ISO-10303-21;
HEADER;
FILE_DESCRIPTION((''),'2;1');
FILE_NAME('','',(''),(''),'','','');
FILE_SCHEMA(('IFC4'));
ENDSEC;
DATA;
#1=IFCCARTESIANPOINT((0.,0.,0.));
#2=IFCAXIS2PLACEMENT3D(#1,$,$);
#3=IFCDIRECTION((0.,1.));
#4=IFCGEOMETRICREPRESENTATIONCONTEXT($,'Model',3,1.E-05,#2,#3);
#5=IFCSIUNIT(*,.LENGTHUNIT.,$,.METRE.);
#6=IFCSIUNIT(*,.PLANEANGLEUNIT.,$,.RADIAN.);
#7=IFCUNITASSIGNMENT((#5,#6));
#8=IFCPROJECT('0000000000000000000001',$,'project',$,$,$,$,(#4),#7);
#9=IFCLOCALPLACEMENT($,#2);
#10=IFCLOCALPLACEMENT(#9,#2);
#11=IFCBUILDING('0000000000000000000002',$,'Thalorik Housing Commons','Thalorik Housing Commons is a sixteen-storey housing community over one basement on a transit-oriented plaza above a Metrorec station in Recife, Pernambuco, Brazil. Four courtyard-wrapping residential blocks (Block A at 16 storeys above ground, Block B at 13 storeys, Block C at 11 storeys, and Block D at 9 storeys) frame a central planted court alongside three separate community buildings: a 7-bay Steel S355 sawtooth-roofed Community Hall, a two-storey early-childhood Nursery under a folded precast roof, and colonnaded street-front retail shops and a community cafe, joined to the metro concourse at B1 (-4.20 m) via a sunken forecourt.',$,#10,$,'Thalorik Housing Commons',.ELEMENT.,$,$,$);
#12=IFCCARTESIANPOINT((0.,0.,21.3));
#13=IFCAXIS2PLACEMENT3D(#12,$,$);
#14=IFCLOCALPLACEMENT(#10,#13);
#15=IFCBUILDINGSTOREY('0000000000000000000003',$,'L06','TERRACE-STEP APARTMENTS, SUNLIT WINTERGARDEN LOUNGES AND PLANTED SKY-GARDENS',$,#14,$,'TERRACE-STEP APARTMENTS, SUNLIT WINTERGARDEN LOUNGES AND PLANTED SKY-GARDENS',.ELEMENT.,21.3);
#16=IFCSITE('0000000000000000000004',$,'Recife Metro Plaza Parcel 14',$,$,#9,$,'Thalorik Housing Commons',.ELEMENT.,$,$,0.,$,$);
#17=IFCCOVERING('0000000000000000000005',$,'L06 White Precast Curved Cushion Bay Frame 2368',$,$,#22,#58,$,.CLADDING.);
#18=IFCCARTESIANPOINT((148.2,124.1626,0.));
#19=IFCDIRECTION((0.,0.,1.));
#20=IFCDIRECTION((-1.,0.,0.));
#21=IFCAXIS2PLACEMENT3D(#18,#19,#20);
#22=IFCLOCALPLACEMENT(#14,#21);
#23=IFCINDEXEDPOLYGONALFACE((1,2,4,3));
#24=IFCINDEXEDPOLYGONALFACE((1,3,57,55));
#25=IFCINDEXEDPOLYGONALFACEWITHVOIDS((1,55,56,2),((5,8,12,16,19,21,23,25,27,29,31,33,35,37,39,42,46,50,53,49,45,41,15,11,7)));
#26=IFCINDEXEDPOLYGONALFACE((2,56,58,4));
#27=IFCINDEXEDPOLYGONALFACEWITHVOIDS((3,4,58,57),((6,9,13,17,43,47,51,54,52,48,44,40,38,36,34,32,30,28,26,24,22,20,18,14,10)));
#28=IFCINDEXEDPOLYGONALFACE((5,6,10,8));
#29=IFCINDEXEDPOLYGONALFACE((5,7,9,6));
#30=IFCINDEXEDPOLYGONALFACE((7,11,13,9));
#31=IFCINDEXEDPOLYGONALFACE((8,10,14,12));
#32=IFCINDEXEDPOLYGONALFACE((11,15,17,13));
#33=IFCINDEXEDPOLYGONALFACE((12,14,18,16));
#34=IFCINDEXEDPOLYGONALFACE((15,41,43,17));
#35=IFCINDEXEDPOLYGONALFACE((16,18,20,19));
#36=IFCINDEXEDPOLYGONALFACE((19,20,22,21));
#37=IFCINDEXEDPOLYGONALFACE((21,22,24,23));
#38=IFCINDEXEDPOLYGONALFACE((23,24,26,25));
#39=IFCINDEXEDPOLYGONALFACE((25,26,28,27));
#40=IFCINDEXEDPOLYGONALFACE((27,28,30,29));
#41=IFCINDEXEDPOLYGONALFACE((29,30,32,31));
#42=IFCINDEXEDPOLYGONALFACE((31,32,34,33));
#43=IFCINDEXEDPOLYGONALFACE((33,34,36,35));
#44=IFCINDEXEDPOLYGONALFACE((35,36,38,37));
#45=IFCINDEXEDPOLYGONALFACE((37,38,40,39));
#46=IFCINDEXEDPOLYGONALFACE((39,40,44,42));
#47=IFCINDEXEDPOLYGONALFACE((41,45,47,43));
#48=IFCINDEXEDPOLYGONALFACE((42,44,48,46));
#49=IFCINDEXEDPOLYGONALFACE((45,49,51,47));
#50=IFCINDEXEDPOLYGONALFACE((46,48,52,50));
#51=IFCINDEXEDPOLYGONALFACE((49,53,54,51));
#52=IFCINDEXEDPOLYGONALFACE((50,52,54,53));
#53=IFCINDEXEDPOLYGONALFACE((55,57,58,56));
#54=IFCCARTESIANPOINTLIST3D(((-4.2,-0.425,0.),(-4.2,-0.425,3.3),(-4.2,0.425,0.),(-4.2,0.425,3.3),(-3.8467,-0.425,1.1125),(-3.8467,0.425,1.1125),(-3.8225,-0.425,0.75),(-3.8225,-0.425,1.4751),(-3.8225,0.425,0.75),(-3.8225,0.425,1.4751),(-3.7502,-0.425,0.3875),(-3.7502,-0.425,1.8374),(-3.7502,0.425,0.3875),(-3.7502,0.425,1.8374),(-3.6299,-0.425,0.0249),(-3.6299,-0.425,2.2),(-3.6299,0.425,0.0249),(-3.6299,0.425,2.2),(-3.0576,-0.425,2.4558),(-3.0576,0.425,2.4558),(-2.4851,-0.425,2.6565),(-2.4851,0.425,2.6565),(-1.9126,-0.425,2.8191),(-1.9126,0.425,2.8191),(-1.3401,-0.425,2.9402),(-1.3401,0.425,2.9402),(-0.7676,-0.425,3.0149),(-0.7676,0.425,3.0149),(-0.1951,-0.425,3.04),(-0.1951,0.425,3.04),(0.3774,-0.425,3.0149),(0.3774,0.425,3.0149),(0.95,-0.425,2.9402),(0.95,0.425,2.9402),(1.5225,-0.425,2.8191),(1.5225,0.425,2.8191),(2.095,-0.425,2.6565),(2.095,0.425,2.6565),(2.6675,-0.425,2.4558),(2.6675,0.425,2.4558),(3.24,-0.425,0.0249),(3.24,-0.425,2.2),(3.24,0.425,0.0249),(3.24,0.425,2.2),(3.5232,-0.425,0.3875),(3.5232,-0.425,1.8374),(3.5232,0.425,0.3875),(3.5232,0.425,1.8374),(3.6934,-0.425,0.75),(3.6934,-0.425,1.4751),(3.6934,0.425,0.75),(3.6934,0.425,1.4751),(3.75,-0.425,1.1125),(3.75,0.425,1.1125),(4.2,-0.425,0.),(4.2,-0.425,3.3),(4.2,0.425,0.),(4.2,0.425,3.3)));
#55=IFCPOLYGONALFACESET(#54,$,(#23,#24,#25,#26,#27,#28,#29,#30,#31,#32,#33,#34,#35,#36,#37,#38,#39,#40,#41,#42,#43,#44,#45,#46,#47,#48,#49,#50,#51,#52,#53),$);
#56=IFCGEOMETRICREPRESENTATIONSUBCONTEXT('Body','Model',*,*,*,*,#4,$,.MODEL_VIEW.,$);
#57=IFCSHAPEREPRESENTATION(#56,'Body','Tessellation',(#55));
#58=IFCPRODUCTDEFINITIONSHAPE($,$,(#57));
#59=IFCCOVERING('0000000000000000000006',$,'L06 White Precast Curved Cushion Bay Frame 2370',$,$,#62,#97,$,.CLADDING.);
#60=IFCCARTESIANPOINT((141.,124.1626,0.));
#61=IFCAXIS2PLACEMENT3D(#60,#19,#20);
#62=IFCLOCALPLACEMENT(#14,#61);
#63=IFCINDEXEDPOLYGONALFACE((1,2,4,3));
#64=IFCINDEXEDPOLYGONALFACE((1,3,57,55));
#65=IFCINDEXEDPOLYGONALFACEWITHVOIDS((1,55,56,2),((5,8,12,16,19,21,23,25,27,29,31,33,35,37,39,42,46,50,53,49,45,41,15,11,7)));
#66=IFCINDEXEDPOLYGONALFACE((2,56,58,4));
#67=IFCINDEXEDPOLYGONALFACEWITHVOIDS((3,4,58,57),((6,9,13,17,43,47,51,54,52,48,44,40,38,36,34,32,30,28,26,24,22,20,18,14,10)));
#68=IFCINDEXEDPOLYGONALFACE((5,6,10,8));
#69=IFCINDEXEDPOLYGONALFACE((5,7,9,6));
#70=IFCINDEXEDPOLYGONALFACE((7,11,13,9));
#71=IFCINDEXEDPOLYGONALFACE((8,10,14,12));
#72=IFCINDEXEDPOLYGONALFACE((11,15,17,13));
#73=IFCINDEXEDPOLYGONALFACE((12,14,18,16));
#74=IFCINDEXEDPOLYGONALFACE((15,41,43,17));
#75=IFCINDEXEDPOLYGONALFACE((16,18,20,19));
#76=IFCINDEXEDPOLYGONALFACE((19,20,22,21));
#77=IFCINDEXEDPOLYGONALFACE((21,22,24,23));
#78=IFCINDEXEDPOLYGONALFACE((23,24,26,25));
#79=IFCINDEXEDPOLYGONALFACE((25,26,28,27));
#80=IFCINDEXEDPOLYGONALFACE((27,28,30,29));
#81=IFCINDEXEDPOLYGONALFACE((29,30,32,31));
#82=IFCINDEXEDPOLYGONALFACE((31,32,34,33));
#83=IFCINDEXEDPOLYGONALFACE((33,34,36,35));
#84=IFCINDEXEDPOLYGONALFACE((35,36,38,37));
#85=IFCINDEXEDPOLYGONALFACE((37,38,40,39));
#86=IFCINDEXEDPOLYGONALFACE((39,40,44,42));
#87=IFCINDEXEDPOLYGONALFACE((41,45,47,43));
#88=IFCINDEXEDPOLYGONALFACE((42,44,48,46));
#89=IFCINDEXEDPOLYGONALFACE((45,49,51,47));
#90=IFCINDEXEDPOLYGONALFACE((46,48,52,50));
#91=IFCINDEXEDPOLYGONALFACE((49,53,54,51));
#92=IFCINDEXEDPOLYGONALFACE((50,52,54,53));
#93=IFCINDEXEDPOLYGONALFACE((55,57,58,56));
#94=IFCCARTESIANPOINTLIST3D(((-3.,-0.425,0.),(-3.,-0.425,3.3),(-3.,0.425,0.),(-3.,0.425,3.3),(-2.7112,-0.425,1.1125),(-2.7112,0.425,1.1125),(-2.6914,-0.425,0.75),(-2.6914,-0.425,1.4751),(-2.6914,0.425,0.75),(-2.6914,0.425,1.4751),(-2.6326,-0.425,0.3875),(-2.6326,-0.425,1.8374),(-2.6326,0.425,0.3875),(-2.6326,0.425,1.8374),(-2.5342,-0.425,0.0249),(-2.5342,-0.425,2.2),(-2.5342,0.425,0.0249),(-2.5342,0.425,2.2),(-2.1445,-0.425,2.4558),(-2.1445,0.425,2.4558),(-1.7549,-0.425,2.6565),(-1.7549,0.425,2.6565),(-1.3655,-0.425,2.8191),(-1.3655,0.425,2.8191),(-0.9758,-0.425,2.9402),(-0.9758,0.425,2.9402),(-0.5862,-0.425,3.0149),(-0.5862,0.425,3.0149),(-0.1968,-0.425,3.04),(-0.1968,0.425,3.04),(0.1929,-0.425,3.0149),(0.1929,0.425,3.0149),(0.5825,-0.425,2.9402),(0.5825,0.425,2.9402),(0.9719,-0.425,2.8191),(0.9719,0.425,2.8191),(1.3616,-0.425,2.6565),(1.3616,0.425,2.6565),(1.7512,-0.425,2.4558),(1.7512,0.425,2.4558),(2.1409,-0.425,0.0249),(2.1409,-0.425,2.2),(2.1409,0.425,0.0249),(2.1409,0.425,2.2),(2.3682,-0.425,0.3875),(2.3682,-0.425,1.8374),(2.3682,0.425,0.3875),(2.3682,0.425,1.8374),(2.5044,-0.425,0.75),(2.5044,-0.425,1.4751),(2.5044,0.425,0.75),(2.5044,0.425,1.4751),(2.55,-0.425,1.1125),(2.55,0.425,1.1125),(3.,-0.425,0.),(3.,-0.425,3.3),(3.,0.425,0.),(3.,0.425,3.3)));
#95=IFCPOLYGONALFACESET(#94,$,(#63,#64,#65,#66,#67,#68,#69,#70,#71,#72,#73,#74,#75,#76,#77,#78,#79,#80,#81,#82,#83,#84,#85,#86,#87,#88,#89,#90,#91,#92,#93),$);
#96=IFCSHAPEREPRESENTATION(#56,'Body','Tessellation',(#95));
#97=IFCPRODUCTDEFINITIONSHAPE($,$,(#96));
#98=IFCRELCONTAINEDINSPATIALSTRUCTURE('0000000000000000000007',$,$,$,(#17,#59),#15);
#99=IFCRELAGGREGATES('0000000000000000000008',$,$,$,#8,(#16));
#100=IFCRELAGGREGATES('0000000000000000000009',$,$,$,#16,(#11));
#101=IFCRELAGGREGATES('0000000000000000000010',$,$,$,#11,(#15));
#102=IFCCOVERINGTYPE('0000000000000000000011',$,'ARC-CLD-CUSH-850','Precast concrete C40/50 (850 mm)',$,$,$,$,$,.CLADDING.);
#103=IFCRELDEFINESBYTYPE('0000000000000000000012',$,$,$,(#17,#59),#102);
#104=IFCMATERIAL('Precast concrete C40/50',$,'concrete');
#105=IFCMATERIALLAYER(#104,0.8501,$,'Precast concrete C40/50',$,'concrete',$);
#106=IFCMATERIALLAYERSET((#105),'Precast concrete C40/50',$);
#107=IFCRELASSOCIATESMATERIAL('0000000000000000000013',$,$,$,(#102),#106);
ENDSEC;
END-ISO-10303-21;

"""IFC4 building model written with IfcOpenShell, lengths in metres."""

from ifc_helpers import new_model, si_unit, direction, frame, origin, place, context, subcontext, project, spatial, polyline, outline, extrude, material, layer, layer_set, type_object, element, save


model = new_model("IFC4")

# Units and contexts
model_context = context("Model", 3, precision=1e-05, world=origin(), true_north=direction((0.0, 1.0)))
body_context = subcontext(model_context, "Body", "Model", "MODEL_VIEW")
ifc_project = project(units=[si_unit("LENGTHUNIT", "METRE"), si_unit("PLANEANGLEUNIT", "RADIAN")], contexts=[model_context])

# Site, building, storey
site_placement = place(None, origin())
site = spatial("IfcSite", under=ifc_project, at=site_placement, Name="Recife Metro Plaza Parcel 14", LongName="Thalorik Housing Commons", CompositionType="ELEMENT", RefElevation=0.0)
building_placement = place(site_placement, origin())
building = spatial("IfcBuilding", under=site, at=building_placement, Name="Thalorik Housing Commons", Description="Thalorik Housing Commons is a sixteen-storey housing community over one basement on a transit-oriented plaza above a Metrorec station in Recife, Pernambuco, Brazil. Four courtyard-wrapping residential blocks (Block A at 16 storeys above ground, Block B at 13 storeys, Block C at 11 storeys, and Block D at 9 storeys) frame a central planted court alongside three separate community buildings: a 7-bay Steel S355 sawtooth-roofed Community Hall, a two-storey early-childhood Nursery under a folded precast roof, and colonnaded street-front retail shops and a community cafe, joined to the metro concourse at B1 (-4.20 m) via a sunken forecourt.", LongName="Thalorik Housing Commons", CompositionType="ELEMENT")
storey_placement = place(building_placement, frame((0.0, 0.0, 21.3)))
storey = spatial("IfcBuildingStorey", under=building, at=storey_placement, Name="L06", Description="TERRACE-STEP APARTMENTS, SUNLIT WINTERGARDEN LOUNGES AND PLANTED SKY-GARDENS", LongName="TERRACE-STEP APARTMENTS, SUNLIT WINTERGARDEN LOUNGES AND PLANTED SKY-GARDENS", CompositionType="ELEMENT", Elevation=21.3)

# Shared definitions
ifc_material_1 = material(Name="Precast concrete C40/50", Category="concrete")

# Coverings
ifc_layer_1 = layer(ifc_material_1, 0.8501, Name="Precast concrete C40/50", Category="concrete")
ifc_layer_set_1 = layer_set([ifc_layer_1], Name="Precast concrete C40/50")
covering_type_1 = type_object("IfcCoveringType", Name="ARC-CLD-CUSH-850", Description="Precast concrete C40/50 (850 mm)", PredefinedType="CLADDING", material=ifc_layer_set_1)
covering_1_placement = place(storey_placement, frame((148.2, 124.1626, 0.0), z_axis=(0.0, 0.0, 1.0), x_axis=(-1.0, 0.0, 0.0)))
element("IfcCovering", 1, at=covering_1_placement, inside=storey, type_object=covering_type_1, Name="L06 White Precast Curved Cushion Bay Frame 2368", PredefinedType="CLADDING", context=body_context, shape_type="SweptSolid", body=[
    extrude(outline(polyline([(-4.2, 0.0), (4.2, 0.0), (4.2, 3.3), (-4.2, 3.3), (-4.2, 0.0)]), holes=[polyline([(3.24, 0.0249), (3.5232, 0.3875), (3.6934, 0.75), (3.75, 1.1125), (3.6934, 1.4751), (3.5232, 1.8374), (3.24, 2.2), (2.6675, 2.4558), (2.095, 2.6565), (1.5225, 2.8191), (0.95, 2.9402), (0.3774, 3.0149), (-0.1951, 3.04), (-0.7676, 3.0149), (-1.3401, 2.9402), (-1.9126, 2.8191), (-2.4851, 2.6565), (-3.0576, 2.4558), (-3.6299, 2.2), (-3.7502, 1.8374), (-3.8225, 1.4751), (-3.8467, 1.1125), (-3.8225, 0.75), (-3.7502, 0.3875), (-3.6299, 0.0249), (3.24, 0.0249)])]), frame((0.0, 0.425, 0.0), z_axis=(0.0, -1.0, 0.0), x_axis=(1.0, 0.0, 0.0)), (0.0, 0.0, 1.0), 0.8501),
])
covering_2_placement = place(storey_placement, frame((141.0, 124.1626, 0.0), z_axis=(0.0, 0.0, 1.0), x_axis=(-1.0, 0.0, 0.0)))
element("IfcCovering", 2, at=covering_2_placement, inside=storey, type_object=covering_type_1, Name="L06 White Precast Curved Cushion Bay Frame 2370", PredefinedType="CLADDING", context=body_context, shape_type="SweptSolid", body=[
    extrude(outline(polyline([(-3.0, 0.0), (3.0, 0.0), (3.0, 3.3), (-3.0, 3.3), (-3.0, 0.0)]), holes=[polyline([(2.1409, 0.0249), (2.3682, 0.3875), (2.5044, 0.75), (2.55, 1.1125), (2.5044, 1.4751), (2.3682, 1.8374), (2.1409, 2.2), (1.7512, 2.4558), (1.3616, 2.6565), (0.9719, 2.8191), (0.5825, 2.9402), (0.1929, 3.0149), (-0.1968, 3.04), (-0.5862, 3.0149), (-0.9758, 2.9402), (-1.3655, 2.8191), (-1.7549, 2.6565), (-2.1445, 2.4558), (-2.5342, 2.2), (-2.6326, 1.8374), (-2.6914, 1.4751), (-2.7112, 1.1125), (-2.6914, 0.75), (-2.6326, 0.3875), (-2.5342, 0.0249), (2.1409, 0.0249)])]), frame((0.0, 0.425, 0.0), z_axis=(0.0, -1.0, 0.0), x_axis=(1.0, 0.0, 0.0)), (0.0, 0.0, 1.0), 0.8501),
])

save(model, "model.ifc")
